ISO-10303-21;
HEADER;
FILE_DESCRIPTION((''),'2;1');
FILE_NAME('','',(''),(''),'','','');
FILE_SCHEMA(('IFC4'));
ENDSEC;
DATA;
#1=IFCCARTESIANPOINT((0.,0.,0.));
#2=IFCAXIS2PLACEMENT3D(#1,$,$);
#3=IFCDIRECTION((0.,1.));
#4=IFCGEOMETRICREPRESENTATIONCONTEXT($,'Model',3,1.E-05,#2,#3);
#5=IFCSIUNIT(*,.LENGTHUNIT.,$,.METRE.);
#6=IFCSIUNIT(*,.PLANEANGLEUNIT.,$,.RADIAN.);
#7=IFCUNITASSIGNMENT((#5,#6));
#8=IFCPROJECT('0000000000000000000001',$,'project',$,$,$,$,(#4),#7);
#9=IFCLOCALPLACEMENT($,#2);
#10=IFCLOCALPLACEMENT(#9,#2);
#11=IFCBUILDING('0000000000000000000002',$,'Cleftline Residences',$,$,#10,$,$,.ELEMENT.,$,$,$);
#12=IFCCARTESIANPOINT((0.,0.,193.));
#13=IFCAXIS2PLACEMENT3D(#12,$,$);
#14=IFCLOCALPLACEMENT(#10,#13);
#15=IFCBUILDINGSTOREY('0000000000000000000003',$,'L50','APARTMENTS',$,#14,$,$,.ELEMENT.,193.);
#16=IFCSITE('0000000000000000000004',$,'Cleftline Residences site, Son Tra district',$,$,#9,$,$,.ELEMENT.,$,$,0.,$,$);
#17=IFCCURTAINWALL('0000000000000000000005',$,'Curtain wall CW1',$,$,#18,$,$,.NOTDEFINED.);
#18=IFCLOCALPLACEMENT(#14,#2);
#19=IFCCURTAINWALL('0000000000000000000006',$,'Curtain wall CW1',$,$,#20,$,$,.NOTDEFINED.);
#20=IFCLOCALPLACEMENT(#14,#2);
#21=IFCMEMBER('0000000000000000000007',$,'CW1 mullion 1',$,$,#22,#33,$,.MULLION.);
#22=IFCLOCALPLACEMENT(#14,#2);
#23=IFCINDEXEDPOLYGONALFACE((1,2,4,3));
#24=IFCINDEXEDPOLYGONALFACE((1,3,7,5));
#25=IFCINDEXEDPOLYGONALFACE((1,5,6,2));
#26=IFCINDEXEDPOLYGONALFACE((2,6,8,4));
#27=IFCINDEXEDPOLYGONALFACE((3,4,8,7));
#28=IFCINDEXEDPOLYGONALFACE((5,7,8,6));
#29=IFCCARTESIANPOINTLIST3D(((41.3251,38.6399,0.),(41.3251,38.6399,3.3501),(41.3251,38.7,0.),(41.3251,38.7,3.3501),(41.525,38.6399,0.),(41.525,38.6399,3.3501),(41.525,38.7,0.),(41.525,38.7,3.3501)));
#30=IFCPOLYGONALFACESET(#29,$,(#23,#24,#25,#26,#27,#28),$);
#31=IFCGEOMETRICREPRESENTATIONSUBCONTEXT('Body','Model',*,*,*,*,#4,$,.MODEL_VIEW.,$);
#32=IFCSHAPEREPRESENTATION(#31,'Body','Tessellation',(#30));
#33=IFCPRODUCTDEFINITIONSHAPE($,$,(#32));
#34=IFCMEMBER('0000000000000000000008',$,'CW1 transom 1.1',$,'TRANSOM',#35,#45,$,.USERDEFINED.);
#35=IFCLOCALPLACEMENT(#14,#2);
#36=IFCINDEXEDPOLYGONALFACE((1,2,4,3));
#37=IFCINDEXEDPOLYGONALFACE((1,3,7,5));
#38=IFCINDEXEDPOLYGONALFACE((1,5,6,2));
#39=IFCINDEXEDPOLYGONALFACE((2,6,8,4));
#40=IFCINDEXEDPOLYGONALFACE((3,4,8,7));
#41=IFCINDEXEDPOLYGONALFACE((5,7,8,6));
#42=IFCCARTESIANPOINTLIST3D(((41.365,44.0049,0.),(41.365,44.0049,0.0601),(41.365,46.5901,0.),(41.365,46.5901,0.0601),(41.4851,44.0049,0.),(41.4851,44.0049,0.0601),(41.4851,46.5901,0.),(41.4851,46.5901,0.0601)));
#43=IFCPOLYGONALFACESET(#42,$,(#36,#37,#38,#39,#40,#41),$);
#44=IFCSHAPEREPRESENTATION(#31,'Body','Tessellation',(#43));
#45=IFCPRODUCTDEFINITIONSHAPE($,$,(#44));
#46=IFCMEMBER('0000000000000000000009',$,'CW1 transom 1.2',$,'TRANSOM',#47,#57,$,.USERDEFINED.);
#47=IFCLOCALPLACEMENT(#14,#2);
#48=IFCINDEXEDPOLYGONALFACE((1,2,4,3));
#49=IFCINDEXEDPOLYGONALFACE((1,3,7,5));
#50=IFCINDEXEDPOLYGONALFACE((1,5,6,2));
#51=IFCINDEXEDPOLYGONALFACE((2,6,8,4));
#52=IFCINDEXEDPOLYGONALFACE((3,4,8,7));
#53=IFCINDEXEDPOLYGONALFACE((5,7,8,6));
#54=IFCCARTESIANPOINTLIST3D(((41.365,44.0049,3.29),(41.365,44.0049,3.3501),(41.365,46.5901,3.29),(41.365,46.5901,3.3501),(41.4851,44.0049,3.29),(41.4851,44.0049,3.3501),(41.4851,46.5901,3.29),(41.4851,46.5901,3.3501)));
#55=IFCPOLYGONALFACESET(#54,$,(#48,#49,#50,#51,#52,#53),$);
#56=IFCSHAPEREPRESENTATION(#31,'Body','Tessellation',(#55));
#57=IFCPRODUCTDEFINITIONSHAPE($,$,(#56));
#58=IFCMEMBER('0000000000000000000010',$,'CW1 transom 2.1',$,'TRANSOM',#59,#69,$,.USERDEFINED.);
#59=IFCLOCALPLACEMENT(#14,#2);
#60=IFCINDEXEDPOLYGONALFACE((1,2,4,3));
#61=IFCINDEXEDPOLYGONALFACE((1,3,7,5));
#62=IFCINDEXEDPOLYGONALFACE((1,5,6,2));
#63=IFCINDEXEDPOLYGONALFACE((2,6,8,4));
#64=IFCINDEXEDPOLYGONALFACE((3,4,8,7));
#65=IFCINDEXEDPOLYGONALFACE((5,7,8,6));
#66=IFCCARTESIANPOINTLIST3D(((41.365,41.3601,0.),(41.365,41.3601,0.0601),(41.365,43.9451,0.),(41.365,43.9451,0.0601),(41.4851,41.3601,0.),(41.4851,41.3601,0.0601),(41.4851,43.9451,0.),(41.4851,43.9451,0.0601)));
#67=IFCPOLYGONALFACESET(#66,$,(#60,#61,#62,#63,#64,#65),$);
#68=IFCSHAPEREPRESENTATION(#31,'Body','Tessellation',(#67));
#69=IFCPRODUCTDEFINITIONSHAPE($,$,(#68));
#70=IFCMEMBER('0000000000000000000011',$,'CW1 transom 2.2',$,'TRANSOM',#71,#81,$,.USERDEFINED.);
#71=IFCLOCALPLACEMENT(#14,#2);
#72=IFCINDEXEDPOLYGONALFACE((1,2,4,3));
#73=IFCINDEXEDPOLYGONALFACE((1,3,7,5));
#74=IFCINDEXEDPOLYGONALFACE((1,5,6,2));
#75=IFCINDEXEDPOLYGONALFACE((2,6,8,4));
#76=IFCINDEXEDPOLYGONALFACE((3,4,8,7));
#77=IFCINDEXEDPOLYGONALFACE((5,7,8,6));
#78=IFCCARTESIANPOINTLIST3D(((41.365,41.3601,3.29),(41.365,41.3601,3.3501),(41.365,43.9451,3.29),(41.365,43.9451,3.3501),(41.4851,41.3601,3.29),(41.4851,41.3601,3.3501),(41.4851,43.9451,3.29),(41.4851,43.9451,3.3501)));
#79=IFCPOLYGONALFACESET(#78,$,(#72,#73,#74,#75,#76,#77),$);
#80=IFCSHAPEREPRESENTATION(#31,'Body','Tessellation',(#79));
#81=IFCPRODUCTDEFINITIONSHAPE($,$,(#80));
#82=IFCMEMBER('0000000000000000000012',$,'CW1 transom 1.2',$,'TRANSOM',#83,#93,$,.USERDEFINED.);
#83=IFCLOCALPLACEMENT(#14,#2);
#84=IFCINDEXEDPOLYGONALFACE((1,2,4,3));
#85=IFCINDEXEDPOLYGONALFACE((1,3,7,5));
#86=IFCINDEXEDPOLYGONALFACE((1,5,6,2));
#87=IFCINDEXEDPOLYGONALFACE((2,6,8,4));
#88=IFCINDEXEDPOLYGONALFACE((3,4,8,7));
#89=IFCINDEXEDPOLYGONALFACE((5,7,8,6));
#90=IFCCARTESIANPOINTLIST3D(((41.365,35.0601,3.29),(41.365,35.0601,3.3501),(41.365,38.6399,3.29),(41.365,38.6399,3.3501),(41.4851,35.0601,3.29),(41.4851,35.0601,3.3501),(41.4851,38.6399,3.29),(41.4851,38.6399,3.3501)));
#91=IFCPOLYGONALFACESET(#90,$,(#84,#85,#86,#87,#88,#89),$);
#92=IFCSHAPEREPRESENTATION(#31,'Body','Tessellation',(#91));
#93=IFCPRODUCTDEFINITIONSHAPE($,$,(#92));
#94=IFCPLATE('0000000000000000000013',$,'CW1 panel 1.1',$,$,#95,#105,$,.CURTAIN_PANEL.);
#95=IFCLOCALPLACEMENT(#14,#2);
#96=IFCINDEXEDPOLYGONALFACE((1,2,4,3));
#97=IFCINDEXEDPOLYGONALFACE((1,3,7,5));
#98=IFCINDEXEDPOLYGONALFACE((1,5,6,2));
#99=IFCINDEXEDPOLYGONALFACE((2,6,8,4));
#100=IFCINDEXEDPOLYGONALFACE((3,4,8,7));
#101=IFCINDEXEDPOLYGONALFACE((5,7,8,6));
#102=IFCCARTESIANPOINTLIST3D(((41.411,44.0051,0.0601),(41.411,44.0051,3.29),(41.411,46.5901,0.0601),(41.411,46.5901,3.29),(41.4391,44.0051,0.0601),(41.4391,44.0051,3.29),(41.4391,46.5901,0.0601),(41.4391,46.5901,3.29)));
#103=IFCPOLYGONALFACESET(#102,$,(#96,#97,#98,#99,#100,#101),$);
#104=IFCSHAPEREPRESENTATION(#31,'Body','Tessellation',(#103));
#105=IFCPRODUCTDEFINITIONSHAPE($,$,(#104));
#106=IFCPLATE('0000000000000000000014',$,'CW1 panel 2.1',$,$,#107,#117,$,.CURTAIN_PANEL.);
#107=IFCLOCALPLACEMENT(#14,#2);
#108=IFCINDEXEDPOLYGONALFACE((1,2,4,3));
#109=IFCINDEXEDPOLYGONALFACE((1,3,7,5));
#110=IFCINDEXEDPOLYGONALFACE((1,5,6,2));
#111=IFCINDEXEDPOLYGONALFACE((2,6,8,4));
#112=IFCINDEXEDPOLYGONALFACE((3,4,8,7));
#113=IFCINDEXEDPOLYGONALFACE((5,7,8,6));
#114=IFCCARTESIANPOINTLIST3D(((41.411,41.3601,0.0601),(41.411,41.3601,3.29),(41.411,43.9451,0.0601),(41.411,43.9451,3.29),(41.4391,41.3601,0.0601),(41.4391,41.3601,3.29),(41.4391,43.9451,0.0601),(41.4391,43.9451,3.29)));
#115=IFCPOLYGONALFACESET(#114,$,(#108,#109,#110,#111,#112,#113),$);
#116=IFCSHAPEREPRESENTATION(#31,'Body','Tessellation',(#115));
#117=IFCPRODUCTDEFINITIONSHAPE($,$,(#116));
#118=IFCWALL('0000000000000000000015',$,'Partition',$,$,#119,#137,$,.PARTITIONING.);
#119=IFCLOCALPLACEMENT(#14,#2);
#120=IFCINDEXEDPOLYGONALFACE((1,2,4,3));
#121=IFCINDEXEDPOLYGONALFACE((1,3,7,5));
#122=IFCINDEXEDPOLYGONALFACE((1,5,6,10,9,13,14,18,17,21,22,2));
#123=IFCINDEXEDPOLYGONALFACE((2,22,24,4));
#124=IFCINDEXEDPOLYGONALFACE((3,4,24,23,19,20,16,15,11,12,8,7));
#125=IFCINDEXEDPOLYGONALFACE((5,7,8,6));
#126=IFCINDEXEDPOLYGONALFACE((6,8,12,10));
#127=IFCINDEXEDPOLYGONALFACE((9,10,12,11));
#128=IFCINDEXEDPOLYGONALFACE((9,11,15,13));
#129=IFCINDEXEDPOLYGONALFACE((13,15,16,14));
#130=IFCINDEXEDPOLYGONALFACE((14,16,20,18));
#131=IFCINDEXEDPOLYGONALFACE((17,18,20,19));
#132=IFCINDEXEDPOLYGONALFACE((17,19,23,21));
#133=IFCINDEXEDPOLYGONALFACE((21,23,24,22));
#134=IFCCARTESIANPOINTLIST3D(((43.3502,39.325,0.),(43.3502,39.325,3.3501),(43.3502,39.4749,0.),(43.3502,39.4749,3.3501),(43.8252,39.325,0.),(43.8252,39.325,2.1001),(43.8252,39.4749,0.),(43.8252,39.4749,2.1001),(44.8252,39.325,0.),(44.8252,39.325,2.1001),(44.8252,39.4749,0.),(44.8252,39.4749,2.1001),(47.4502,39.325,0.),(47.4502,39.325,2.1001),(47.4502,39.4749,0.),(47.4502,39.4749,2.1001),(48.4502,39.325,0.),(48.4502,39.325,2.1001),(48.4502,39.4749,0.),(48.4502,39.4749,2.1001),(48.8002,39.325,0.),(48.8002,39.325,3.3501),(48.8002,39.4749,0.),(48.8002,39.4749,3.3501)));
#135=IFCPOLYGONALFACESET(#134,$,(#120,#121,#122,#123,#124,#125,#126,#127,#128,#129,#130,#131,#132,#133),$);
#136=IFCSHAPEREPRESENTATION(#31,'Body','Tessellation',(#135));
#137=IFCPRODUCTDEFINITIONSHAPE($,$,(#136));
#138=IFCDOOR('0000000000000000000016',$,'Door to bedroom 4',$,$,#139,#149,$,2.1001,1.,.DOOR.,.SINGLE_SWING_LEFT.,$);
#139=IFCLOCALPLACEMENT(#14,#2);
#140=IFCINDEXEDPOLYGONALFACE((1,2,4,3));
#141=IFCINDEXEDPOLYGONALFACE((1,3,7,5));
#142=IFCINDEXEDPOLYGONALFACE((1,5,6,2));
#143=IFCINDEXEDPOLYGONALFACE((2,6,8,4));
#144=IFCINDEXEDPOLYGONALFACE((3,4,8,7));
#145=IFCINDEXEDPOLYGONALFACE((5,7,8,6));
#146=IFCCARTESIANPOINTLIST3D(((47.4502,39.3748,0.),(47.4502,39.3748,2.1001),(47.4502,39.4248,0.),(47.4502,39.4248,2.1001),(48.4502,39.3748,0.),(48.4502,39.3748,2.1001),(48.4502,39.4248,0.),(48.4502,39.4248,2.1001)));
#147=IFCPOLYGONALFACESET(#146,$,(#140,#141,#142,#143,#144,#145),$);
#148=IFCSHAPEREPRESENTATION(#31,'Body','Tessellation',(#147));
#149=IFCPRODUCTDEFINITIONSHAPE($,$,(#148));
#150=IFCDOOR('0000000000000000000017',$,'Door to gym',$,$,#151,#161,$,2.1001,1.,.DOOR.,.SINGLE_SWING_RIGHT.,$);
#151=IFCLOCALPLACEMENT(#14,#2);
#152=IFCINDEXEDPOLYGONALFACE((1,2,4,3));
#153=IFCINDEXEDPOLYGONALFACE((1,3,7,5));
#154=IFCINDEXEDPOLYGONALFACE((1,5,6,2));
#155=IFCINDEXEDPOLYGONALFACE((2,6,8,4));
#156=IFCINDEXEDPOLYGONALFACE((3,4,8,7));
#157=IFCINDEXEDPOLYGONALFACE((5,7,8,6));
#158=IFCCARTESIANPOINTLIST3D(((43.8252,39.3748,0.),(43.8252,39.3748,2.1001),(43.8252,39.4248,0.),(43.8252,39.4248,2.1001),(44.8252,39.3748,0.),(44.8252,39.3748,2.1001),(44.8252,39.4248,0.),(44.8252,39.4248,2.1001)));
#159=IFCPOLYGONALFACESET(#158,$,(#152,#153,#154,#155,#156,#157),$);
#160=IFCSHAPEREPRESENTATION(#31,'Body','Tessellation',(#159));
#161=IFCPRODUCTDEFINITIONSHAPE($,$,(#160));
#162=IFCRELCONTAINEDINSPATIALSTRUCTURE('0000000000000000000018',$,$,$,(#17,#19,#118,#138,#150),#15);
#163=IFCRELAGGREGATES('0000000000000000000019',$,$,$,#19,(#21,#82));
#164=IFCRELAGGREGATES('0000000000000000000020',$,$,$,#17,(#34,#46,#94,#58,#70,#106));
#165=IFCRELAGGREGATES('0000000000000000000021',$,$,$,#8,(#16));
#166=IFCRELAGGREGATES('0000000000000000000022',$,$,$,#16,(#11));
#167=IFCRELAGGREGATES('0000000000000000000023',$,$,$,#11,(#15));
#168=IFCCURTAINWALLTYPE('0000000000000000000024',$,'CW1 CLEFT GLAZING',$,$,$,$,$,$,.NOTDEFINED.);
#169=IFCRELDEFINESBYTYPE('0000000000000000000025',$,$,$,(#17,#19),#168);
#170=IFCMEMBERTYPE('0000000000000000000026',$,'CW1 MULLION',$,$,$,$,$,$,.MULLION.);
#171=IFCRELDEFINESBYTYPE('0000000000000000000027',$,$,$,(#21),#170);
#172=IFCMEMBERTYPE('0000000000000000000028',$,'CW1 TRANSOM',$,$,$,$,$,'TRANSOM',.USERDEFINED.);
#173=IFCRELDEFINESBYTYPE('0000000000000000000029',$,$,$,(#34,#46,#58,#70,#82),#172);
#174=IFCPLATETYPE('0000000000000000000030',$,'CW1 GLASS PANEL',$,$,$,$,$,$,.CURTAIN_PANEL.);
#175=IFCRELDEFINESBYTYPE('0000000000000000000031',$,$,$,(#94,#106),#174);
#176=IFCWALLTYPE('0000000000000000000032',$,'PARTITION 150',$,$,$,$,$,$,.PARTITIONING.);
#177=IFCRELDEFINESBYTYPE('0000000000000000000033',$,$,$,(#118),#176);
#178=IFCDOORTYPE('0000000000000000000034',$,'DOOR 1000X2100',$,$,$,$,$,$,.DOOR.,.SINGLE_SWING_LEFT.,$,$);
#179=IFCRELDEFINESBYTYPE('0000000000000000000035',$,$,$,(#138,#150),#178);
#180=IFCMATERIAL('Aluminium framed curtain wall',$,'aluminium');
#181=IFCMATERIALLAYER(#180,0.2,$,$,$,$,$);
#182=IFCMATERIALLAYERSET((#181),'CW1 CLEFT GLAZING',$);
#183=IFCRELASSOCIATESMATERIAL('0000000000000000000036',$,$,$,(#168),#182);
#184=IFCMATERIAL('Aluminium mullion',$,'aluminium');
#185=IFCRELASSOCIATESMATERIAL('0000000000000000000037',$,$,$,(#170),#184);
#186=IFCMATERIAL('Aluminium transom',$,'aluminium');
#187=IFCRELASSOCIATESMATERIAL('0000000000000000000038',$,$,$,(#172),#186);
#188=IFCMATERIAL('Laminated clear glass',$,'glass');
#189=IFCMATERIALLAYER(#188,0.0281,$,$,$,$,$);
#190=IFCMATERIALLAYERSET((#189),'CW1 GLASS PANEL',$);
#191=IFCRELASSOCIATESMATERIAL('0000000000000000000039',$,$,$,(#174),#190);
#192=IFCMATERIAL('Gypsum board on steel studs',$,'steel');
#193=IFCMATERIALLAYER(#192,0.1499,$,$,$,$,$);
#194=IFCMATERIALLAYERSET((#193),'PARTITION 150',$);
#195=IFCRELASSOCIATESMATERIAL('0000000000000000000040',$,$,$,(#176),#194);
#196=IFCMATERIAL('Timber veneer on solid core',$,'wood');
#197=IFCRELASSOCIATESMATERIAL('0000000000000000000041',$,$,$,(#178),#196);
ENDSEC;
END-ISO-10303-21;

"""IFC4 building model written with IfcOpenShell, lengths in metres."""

from ifc_helpers import new_model, si_unit, direction, frame, frame_2d, origin, origin_2d, place, context, subcontext, project, spatial, rectangle, extrude, material, layer, layer_set, material_profile, profile_set, type_object, element, fill, aggregate, save


model = new_model("IFC4")

# Units and contexts
model_context = context("Model", 3, precision=1e-05, world=origin(), true_north=direction((0.0, 1.0)))
body_context = subcontext(model_context, "Body", "Model", "MODEL_VIEW")
ifc_project = project(units=[si_unit("LENGTHUNIT", "METRE"), si_unit("PLANEANGLEUNIT", "RADIAN")], contexts=[model_context])

# Site, building, storey
site_placement = place(None, origin())
site = spatial("IfcSite", under=ifc_project, at=site_placement, Name="Cleftline Residences site, Son Tra district", CompositionType="ELEMENT", RefElevation=0.0)
building_placement = place(site_placement, origin())
building = spatial("IfcBuilding", under=site, at=building_placement, Name="Cleftline Residences", CompositionType="ELEMENT")
storey_placement = place(building_placement, frame((0.0, 0.0, 193.0)))
storey = spatial("IfcBuildingStorey", under=building, at=storey_placement, Name="L50", Description="APARTMENTS", CompositionType="ELEMENT", Elevation=193.0)

# Curtain wall
ifc_material_1 = material(Name="Aluminium framed curtain wall", Category="aluminium")
ifc_layer_1 = layer(ifc_material_1, 0.2)
ifc_layer_set_1 = layer_set([ifc_layer_1], Name="CW1 CLEFT GLAZING")
curtain_wall_type = type_object("IfcCurtainWallType", Name="CW1 CLEFT GLAZING", PredefinedType="NOTDEFINED", material=ifc_layer_set_1)
curtain_wall_1_placement = place(storey_placement, origin())
curtain_wall_1 = element("IfcCurtainWall", 1, at=curtain_wall_1_placement, inside=storey, type_object=curtain_wall_type, Name="Curtain wall CW1", PredefinedType="NOTDEFINED")
ifc_material_2 = material(Name="Aluminium mullion", Category="aluminium")
ifc_material_profile_1 = material_profile(ifc_material_2, rectangle(XDim=0.2, YDim=0.0601, at=origin_2d()))
ifc_profile_set_1 = profile_set([ifc_material_profile_1], Name="Aluminium mullion")
member_type_1 = type_object("IfcMemberType", Name="CW1 MULLION", PredefinedType="MULLION", material=ifc_profile_set_1)

# Curtain wall, member
curtain_wall_2_placement = place(storey_placement, origin())
curtain_wall_2 = element("IfcCurtainWall", 2, at=curtain_wall_2_placement, inside=storey, type_object=curtain_wall_type, Name="Curtain wall CW1", PredefinedType="NOTDEFINED")
member_1_placement = place(storey_placement, frame((41.425, 38.6699, 0.0), z_axis=(0.0, 0.0, 1.0), x_axis=(1.0, 0.0, 0.0)))
member_1 = element("IfcMember", 3, at=member_1_placement, type_object=member_type_1, Name="CW1 mullion 1", PredefinedType="MULLION", context=body_context, shape_type="SweptSolid", body=[
    extrude(rectangle(XDim=0.2, YDim=0.0601, at=origin_2d()), origin(), (0.0, 0.0, 1.0), 3.3501),
])

# Members
ifc_material_3 = material(Name="Aluminium transom", Category="aluminium")
ifc_material_profile_2 = material_profile(ifc_material_3, rectangle(XDim=0.1201, YDim=0.0601, at=origin_2d()))
ifc_profile_set_2 = profile_set([ifc_material_profile_2], Name="Aluminium transom")
member_type_2 = type_object("IfcMemberType", Name="CW1 TRANSOM", ElementType="TRANSOM", PredefinedType="USERDEFINED", material=ifc_profile_set_2)
member_2_placement = place(storey_placement, frame((41.425, 46.5901, 0.03), z_axis=(0.0, -1.0, 0.0), x_axis=(1.0, 0.0, 0.0)))
member_2 = element("IfcMember", 4, at=member_2_placement, type_object=member_type_2, Name="CW1 transom 1.1", ObjectType="TRANSOM", PredefinedType="USERDEFINED", context=body_context, shape_type="SweptSolid", body=[
    extrude(rectangle(XDim=0.1201, YDim=0.0601, at=origin_2d()), origin(), (0.0, 0.0, 1.0), 2.5852),
])
member_3_placement = place(storey_placement, frame((41.425, 46.5901, 3.3201), z_axis=(0.0, -1.0, 0.0), x_axis=(1.0, 0.0, 0.0)))
member_3 = element("IfcMember", 5, at=member_3_placement, type_object=member_type_2, Name="CW1 transom 1.2", ObjectType="TRANSOM", PredefinedType="USERDEFINED", context=body_context, shape_type="SweptSolid", body=[
    extrude(rectangle(XDim=0.1201, YDim=0.0601, at=origin_2d()), origin(), (0.0, 0.0, 1.0), 2.5852),
])
member_4_placement = place(storey_placement, frame((41.425, 43.9451, 0.03), z_axis=(0.0, -1.0, 0.0), x_axis=(1.0, 0.0, 0.0)))
member_4 = element("IfcMember", 6, at=member_4_placement, type_object=member_type_2, Name="CW1 transom 2.1", ObjectType="TRANSOM", PredefinedType="USERDEFINED", context=body_context, shape_type="SweptSolid", body=[
    extrude(rectangle(XDim=0.1201, YDim=0.0601, at=origin_2d()), origin(), (0.0, 0.0, 1.0), 2.585),
])
member_5_placement = place(storey_placement, frame((41.425, 43.9451, 3.3201), z_axis=(0.0, -1.0, 0.0), x_axis=(1.0, 0.0, 0.0)))
member_5 = element("IfcMember", 7, at=member_5_placement, type_object=member_type_2, Name="CW1 transom 2.2", ObjectType="TRANSOM", PredefinedType="USERDEFINED", context=body_context, shape_type="SweptSolid", body=[
    extrude(rectangle(XDim=0.1201, YDim=0.0601, at=origin_2d()), origin(), (0.0, 0.0, 1.0), 2.585),
])
member_6_placement = place(storey_placement, frame((41.425, 38.6399, 3.3201), z_axis=(0.0, -1.0, 0.0), x_axis=(1.0, 0.0, 0.0)))
member_6 = element("IfcMember", 8, at=member_6_placement, type_object=member_type_2, Name="CW1 transom 1.2", ObjectType="TRANSOM", PredefinedType="USERDEFINED", context=body_context, shape_type="SweptSolid", body=[
    extrude(rectangle(XDim=0.1201, YDim=0.0601, at=origin_2d()), origin(), (0.0, 0.0, 1.0), 3.5798),
])
aggregate(curtain_wall_2, [member_1, member_6])

# Plates
ifc_material_4 = material(Name="Laminated clear glass", Category="glass")
ifc_layer_2 = layer(ifc_material_4, 0.0281)
ifc_layer_set_2 = layer_set([ifc_layer_2], Name="CW1 GLASS PANEL")
plate_type = type_object("IfcPlateType", Name="CW1 GLASS PANEL", PredefinedType="CURTAIN_PANEL", material=ifc_layer_set_2)
plate_1_placement = place(storey_placement, frame((41.425, 45.2976, 0.0601), z_axis=(0.0, 0.0, 1.0), x_axis=(0.0, -1.0, 0.0)))
plate_1 = element("IfcPlate", 9, at=plate_1_placement, type_object=plate_type, Name="CW1 panel 1.1", PredefinedType="CURTAIN_PANEL", context=body_context, shape_type="SweptSolid", body=[
    extrude(rectangle(XDim=2.585, YDim=0.0281, at=origin_2d()), origin(), (0.0, 0.0, 1.0), 3.23),
])
plate_2_placement = place(storey_placement, frame((41.425, 42.6526, 0.0601), z_axis=(0.0, 0.0, 1.0), x_axis=(0.0, -1.0, 0.0)))
plate_2 = element("IfcPlate", 10, at=plate_2_placement, type_object=plate_type, Name="CW1 panel 2.1", PredefinedType="CURTAIN_PANEL", context=body_context, shape_type="SweptSolid", body=[
    extrude(rectangle(XDim=2.585, YDim=0.0281, at=origin_2d()), origin(), (0.0, 0.0, 1.0), 3.23),
])
aggregate(curtain_wall_1, [member_2, member_3, plate_1, member_4, member_5, plate_2])

# Wall, openings, doors
ifc_material_5 = material(Name="Gypsum board on steel studs", Category="steel")
ifc_layer_3 = layer(ifc_material_5, 0.1499)
ifc_layer_set_3 = layer_set([ifc_layer_3], Name="PARTITION 150")
wall_type = type_object("IfcWallType", Name="PARTITION 150", PredefinedType="PARTITIONING", material=ifc_layer_set_3)
wall_1_placement = place(storey_placement, frame((43.3501, 39.3999, 0.0), z_axis=(0.0, 0.0, 1.0), x_axis=(1.0, 0.0, 0.0)))
wall_1 = element("IfcWall", 11, at=wall_1_placement, inside=storey, type_object=wall_type, Name="Partition", PredefinedType="PARTITIONING", context=body_context, shape_type="SweptSolid", body=[
    extrude(rectangle(XDim=5.45, YDim=0.1499, at=frame_2d((2.7251, 0.0))), origin(), (0.0, 0.0, 1.0), 3.3501),
])
opening_1_placement = place(wall_1_placement, frame((4.1001, 0.0, 0.0)))
opening_1 = element("IfcOpeningElement", 12, at=opening_1_placement, cuts=wall_1, PredefinedType="OPENING", context=body_context, shape_type="SweptSolid", body=[
    extrude(rectangle(XDim=1.0, YDim=2.1001, at=frame_2d((0.5, 1.05))), frame((0.0, 0.085, 0.0), z_axis=(0.0, -1.0, 0.0), x_axis=(1.0, 0.0, 0.0)), (0.0, 0.0, 1.0), 0.1699),
])
opening_2_placement = place(wall_1_placement, frame((0.4751, 0.0, 0.0)))
opening_2 = element("IfcOpeningElement", 13, at=opening_2_placement, cuts=wall_1, PredefinedType="OPENING", context=body_context, shape_type="SweptSolid", body=[
    extrude(rectangle(XDim=1.0, YDim=2.1001, at=frame_2d((0.5, 1.05))), frame((0.0, 0.085, 0.0), z_axis=(0.0, -1.0, 0.0), x_axis=(1.0, 0.0, 0.0)), (0.0, 0.0, 1.0), 0.1699),
])
ifc_material_6 = material(Name="Timber veneer on solid core", Category="wood")
door_type_1 = type_object("IfcDoorType", Name="DOOR 1000X2100", OperationType="SINGLE_SWING_LEFT", PredefinedType="DOOR", material=ifc_material_6)
door_1_placement = place(opening_1_placement, origin())
door_1 = element("IfcDoor", 14, at=door_1_placement, inside=storey, type_object=door_type_1, Name="Door to bedroom 4", OperationType="SINGLE_SWING_LEFT", OverallHeight=2.1001, OverallWidth=1.0, PredefinedType="DOOR", context=body_context, shape_type="SweptSolid", body=[
    extrude(rectangle(XDim=1.0, YDim=2.1001, at=frame_2d((0.5, 1.05))), frame((0.0, 0.0249, 0.0), z_axis=(0.0, -1.0, 0.0), x_axis=(1.0, 0.0, 0.0)), (0.0, 0.0, 1.0), 0.05),
])
fill(opening_1, door_1)
door_2_placement = place(opening_2_placement, origin())
door_2 = element("IfcDoor", 15, at=door_2_placement, inside=storey, type_object=door_type_1, Name="Door to gym", OperationType="SINGLE_SWING_RIGHT", OverallHeight=2.1001, OverallWidth=1.0, PredefinedType="DOOR", context=body_context, shape_type="SweptSolid", body=[
    extrude(rectangle(XDim=1.0, YDim=2.1001, at=frame_2d((0.5, 1.05))), frame((0.0, 0.0249, 0.0), z_axis=(0.0, -1.0, 0.0), x_axis=(1.0, 0.0, 0.0)), (0.0, 0.0, 1.0), 0.05),
])
fill(opening_2, door_2)

save(model, "model.ifc")
